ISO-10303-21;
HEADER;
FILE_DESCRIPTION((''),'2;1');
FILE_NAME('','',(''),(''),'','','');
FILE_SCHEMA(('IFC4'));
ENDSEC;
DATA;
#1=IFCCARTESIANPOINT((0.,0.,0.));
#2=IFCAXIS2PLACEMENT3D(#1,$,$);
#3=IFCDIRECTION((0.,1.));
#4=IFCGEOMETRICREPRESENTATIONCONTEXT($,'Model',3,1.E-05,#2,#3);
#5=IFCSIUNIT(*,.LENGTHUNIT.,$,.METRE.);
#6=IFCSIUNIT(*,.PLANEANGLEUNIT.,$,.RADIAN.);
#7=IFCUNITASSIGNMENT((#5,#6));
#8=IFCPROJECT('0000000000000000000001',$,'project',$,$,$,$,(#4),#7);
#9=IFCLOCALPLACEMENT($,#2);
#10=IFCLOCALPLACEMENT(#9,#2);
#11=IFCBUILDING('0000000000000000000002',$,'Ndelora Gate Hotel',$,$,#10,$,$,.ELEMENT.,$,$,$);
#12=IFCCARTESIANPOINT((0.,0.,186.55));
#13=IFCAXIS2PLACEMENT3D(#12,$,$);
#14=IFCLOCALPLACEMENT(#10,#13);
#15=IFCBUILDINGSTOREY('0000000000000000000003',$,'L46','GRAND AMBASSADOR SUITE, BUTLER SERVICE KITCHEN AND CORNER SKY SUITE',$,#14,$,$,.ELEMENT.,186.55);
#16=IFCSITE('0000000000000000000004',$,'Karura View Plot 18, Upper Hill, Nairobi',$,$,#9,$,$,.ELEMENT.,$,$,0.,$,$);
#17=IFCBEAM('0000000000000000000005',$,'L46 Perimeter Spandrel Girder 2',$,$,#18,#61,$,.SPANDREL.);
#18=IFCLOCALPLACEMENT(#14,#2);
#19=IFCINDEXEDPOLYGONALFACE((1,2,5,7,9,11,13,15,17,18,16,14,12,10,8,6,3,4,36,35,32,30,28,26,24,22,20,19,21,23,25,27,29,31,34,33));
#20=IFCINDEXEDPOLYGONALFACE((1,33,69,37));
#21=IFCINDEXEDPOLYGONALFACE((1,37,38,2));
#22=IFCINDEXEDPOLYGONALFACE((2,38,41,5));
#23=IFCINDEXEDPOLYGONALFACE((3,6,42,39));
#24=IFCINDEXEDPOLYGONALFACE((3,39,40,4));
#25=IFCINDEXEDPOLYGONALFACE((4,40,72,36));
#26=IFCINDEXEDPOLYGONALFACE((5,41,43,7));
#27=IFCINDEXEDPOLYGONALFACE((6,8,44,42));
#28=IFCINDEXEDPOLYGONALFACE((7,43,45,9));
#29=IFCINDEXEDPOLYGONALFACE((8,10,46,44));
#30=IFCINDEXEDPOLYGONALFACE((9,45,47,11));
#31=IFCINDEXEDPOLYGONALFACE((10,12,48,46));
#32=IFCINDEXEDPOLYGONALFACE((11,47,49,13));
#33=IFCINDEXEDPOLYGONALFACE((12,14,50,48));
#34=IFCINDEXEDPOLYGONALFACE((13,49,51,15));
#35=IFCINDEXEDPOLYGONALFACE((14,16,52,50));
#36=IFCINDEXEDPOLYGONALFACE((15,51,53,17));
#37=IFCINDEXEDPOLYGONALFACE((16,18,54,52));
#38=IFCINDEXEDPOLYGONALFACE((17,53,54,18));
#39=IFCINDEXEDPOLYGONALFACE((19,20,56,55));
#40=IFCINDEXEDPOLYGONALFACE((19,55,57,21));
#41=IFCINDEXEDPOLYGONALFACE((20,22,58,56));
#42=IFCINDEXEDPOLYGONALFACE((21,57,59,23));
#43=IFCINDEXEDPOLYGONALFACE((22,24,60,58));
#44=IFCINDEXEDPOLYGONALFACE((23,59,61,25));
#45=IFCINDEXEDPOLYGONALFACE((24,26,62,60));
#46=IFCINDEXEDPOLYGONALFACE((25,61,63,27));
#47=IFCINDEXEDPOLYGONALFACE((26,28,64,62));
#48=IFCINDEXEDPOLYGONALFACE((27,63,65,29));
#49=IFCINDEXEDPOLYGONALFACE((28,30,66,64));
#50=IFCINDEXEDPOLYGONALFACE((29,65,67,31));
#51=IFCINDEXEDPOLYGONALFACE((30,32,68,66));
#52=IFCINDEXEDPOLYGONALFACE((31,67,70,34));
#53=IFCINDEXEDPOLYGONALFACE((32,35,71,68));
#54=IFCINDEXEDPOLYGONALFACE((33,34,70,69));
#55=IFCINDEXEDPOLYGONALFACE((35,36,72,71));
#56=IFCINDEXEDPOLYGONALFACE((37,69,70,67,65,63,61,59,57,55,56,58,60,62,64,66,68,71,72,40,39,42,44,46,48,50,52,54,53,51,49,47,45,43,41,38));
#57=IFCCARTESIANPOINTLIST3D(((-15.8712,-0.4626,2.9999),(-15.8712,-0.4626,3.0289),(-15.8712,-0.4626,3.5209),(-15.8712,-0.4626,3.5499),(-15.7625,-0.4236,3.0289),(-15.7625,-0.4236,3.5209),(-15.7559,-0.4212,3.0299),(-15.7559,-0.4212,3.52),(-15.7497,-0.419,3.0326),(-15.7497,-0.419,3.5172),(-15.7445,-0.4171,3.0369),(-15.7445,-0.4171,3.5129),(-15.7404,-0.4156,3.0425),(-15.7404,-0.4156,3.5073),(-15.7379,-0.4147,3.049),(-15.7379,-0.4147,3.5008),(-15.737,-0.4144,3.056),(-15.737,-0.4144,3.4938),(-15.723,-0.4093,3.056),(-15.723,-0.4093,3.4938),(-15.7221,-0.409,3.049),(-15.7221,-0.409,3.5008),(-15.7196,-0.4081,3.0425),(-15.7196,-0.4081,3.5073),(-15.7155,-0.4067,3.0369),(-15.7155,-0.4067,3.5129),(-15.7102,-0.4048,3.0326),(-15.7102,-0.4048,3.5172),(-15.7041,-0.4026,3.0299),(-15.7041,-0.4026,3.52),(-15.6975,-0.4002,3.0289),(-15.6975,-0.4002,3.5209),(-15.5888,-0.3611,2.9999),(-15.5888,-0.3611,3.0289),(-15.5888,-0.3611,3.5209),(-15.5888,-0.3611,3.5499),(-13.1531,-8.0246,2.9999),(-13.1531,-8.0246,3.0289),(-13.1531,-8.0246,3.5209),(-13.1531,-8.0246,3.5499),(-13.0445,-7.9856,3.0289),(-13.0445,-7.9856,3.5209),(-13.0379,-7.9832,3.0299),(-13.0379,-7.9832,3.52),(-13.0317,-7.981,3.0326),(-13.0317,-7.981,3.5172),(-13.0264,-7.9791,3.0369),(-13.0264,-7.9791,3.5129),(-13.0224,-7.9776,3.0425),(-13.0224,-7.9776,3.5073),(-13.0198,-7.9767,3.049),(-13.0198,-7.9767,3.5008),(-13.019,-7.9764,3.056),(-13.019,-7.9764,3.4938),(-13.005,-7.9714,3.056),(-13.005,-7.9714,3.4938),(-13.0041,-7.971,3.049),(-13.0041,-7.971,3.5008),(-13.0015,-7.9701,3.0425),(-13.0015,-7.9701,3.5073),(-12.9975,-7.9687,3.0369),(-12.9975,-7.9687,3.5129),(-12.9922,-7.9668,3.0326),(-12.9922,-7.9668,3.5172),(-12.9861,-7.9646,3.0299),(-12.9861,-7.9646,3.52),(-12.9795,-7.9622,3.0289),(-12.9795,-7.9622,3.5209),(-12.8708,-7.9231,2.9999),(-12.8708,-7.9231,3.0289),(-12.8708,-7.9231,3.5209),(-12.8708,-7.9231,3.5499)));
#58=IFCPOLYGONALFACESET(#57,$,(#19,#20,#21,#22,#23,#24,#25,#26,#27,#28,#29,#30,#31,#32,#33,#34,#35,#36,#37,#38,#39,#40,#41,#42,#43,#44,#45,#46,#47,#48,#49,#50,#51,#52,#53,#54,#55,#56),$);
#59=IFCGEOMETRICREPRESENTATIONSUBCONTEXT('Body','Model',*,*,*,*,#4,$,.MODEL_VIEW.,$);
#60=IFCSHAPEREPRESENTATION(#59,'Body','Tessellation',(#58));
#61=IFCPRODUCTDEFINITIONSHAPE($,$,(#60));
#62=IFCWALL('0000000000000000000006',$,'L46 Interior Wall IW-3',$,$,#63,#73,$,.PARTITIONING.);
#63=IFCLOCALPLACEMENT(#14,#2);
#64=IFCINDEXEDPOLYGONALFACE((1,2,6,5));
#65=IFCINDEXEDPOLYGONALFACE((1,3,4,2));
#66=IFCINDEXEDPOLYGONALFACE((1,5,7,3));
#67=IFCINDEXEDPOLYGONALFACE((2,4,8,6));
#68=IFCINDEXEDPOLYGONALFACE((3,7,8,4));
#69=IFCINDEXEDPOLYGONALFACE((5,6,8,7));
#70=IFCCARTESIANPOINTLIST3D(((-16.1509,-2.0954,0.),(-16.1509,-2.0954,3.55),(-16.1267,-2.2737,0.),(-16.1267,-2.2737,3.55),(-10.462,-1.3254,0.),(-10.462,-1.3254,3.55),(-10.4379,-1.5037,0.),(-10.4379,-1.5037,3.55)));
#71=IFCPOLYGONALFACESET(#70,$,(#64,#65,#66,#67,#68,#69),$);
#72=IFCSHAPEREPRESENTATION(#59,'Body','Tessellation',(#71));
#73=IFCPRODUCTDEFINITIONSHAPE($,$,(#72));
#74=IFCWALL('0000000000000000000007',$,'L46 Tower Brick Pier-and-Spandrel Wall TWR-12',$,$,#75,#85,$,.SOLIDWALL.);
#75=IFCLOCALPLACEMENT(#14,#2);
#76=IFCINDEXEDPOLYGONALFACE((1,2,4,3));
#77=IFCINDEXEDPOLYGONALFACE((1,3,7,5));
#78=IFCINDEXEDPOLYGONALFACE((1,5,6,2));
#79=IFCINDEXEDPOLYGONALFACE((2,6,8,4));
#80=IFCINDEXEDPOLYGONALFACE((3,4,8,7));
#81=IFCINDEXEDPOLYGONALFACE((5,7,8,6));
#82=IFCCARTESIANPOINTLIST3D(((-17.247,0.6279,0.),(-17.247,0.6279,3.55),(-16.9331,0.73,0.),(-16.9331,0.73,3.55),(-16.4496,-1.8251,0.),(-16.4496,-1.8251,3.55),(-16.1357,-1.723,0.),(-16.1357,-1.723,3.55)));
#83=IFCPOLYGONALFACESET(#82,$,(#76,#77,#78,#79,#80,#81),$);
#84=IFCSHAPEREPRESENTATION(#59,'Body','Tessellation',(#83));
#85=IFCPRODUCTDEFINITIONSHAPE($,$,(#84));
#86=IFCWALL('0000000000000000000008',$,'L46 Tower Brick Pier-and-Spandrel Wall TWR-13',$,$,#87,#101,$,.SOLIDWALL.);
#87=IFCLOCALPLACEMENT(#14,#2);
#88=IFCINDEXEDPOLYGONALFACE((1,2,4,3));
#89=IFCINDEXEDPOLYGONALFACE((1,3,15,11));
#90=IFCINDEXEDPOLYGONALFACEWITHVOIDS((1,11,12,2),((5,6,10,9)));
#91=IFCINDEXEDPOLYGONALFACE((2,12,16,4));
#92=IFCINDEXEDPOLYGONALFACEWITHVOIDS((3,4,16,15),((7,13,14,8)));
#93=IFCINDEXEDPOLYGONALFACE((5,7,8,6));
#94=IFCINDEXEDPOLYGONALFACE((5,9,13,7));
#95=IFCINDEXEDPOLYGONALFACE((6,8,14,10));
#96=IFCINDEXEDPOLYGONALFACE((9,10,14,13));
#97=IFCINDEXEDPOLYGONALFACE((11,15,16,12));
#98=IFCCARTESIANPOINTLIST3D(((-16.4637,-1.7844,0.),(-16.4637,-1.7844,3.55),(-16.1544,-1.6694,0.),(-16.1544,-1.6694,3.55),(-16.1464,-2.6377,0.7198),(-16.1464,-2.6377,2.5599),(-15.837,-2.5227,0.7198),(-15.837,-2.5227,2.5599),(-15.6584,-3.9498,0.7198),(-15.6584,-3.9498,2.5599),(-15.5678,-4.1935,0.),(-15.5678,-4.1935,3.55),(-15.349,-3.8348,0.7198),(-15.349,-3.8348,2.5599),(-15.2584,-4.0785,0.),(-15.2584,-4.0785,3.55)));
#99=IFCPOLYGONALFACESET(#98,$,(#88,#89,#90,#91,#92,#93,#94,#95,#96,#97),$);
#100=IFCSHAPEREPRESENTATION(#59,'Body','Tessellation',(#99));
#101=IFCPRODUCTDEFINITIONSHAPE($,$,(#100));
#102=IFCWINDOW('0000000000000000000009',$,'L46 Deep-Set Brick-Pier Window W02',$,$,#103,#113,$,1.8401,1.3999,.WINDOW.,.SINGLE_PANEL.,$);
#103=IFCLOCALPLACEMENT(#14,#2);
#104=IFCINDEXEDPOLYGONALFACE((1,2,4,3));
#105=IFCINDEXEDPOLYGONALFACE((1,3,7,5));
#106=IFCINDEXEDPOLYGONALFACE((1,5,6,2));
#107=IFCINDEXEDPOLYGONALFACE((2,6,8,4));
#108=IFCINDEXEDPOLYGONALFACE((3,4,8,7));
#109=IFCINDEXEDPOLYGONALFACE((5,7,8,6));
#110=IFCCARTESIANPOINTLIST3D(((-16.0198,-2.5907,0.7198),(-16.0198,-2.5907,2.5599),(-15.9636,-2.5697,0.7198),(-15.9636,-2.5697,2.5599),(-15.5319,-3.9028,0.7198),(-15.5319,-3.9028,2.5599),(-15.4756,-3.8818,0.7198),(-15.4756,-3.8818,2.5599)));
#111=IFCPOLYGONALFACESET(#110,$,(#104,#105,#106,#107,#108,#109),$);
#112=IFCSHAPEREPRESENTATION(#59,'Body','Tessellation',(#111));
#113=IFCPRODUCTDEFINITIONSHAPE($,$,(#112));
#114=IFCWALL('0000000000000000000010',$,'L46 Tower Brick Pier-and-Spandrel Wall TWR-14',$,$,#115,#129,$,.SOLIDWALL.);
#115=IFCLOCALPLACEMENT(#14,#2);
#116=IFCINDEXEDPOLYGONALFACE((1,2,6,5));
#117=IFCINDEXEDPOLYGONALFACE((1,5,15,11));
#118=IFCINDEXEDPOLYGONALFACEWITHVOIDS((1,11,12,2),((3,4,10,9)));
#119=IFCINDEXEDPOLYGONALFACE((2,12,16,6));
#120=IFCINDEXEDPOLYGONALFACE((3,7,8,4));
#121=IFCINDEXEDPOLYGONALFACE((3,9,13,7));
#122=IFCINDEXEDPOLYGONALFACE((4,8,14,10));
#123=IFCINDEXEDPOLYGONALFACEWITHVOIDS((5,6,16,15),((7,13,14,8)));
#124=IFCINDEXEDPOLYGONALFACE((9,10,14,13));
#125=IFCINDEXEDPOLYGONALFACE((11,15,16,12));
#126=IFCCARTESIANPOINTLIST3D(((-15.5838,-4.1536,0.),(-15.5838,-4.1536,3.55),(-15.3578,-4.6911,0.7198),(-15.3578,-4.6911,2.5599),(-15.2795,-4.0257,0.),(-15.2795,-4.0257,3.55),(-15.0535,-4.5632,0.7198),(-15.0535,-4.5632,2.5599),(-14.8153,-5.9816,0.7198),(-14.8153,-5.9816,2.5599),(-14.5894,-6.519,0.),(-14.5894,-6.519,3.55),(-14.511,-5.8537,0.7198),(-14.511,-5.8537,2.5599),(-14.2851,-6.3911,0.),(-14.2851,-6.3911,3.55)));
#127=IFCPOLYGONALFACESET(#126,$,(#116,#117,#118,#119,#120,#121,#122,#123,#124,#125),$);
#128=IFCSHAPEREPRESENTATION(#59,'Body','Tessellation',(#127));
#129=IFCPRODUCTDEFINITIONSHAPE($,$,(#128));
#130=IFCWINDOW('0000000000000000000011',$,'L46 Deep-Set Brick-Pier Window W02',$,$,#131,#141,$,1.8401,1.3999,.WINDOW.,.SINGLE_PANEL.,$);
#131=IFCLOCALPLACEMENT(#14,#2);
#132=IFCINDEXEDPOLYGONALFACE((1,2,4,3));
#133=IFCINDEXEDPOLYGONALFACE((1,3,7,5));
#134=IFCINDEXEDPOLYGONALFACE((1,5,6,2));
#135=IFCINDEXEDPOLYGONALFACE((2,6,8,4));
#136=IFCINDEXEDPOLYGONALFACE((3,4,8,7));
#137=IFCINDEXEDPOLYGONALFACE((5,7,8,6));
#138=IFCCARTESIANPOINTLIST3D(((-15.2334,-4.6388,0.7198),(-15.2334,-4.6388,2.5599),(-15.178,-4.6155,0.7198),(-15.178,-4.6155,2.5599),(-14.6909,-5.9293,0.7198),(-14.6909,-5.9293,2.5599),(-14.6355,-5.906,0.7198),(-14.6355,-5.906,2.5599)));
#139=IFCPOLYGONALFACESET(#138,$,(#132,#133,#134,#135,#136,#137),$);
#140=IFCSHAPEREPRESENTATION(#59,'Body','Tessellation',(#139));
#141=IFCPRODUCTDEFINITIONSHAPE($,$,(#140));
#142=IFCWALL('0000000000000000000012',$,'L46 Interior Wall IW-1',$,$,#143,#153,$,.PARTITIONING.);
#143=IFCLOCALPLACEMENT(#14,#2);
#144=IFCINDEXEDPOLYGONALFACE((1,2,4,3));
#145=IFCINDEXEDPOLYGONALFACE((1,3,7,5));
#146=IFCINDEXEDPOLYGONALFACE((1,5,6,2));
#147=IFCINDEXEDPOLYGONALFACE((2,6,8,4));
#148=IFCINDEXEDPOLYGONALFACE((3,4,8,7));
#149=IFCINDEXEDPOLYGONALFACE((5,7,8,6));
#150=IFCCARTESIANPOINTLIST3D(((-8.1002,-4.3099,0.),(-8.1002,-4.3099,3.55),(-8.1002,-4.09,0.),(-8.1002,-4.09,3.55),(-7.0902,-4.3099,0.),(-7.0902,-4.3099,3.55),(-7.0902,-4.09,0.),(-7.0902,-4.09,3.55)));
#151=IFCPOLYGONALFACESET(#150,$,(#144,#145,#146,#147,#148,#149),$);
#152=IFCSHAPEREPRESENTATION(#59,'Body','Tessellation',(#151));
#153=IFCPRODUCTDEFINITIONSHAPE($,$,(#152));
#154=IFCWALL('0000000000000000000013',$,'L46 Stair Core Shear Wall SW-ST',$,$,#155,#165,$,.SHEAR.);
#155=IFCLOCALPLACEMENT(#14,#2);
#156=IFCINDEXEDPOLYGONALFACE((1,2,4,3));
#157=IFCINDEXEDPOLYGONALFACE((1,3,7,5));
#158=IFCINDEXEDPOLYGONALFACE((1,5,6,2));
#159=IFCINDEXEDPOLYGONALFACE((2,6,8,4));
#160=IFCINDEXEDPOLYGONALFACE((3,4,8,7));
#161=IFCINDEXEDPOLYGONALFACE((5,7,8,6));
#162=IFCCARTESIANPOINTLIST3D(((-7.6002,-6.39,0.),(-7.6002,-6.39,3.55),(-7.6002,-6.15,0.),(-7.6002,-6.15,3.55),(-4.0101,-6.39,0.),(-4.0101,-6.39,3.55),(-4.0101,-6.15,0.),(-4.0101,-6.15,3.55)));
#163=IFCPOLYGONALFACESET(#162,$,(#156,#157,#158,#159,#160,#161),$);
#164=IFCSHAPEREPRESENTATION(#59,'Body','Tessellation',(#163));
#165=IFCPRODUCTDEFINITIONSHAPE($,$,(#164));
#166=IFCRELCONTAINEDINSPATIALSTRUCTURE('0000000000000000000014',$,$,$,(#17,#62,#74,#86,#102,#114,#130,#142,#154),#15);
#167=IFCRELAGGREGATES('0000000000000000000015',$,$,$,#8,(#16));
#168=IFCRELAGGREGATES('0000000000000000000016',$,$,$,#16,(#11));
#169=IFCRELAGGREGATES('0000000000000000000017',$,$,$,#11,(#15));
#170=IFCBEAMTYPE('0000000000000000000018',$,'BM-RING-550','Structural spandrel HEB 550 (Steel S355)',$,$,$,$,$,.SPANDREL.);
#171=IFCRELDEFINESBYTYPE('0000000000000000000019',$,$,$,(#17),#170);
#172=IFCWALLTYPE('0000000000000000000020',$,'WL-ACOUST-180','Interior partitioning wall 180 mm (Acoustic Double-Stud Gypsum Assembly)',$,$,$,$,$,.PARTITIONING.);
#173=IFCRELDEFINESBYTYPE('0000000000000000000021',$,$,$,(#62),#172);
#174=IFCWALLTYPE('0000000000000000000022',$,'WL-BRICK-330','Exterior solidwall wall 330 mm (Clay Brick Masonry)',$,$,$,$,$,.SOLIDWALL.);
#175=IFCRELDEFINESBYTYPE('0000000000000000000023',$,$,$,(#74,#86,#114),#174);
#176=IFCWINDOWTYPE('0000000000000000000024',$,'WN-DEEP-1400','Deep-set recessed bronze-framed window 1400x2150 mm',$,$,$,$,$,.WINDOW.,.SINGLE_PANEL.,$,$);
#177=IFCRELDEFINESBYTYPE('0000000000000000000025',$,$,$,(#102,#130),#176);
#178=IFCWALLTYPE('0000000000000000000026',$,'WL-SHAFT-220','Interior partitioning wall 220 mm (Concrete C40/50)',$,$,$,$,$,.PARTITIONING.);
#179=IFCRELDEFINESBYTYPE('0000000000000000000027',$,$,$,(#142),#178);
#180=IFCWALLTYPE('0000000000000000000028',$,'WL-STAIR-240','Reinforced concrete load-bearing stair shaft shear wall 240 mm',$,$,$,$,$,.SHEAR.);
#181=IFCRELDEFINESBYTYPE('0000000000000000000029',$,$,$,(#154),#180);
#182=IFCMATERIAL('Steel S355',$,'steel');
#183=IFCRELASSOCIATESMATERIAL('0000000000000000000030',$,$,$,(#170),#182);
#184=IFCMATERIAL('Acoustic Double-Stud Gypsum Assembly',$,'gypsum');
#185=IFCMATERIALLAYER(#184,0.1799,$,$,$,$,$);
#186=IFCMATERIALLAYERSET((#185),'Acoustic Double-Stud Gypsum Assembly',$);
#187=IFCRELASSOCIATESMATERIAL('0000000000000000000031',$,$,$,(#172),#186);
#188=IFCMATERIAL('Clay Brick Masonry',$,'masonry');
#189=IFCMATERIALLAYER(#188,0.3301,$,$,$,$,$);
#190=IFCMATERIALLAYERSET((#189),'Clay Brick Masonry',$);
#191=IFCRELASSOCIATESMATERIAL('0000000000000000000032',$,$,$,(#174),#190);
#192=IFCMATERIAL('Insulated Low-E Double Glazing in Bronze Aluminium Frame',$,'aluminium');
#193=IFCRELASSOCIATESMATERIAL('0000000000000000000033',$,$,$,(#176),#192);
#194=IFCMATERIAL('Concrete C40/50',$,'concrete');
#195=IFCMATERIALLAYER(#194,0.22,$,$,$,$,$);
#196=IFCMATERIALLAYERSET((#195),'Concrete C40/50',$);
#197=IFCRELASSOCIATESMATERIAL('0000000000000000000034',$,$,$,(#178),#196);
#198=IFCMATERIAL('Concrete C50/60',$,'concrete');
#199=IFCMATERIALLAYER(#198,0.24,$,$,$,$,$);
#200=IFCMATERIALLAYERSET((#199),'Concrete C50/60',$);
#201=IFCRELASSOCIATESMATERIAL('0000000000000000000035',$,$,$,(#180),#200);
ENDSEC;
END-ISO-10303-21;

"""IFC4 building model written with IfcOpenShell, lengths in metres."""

from ifc_helpers import new_model, si_unit, direction, frame, frame_2d, origin, origin_2d, place, context, subcontext, project, spatial, rectangle, i_section, extrude, material, layer, layer_set, material_profile, profile_set, type_object, element, fill, save


model = new_model("IFC4")

# Units and contexts
model_context = context("Model", 3, precision=1e-05, world=origin(), true_north=direction((0.0, 1.0)))
body_context = subcontext(model_context, "Body", "Model", "MODEL_VIEW")
ifc_project = project(units=[si_unit("LENGTHUNIT", "METRE"), si_unit("PLANEANGLEUNIT", "RADIAN")], contexts=[model_context])

# Site, building, storey
site_placement = place(None, origin())
site = spatial("IfcSite", under=ifc_project, at=site_placement, Name="Karura View Plot 18, Upper Hill, Nairobi", CompositionType="ELEMENT", RefElevation=0.0)
building_placement = place(site_placement, origin())
building = spatial("IfcBuilding", under=site, at=building_placement, Name="Ndelora Gate Hotel", CompositionType="ELEMENT")
storey_placement = place(building_placement, frame((0.0, 0.0, 186.55)))
storey = spatial("IfcBuildingStorey", under=building, at=storey_placement, Name="L46", Description="GRAND AMBASSADOR SUITE, BUTLER SERVICE KITCHEN AND CORNER SKY SUITE", CompositionType="ELEMENT", Elevation=186.55)

# Shared definitions
ifc_material_1 = material(Name="Concrete C50/60", Category="concrete")

# Beam
ifc_material_2 = material(Name="Steel S355", Category="steel")
ifc_material_profile_1 = material_profile(ifc_material_2, i_section(OverallWidth=0.3, OverallDepth=0.55, WebThickness=0.0149, FlangeThickness=0.0291, FilletRadius=0.0271, at=origin_2d()), Name="HEB 550")
ifc_profile_set_1 = profile_set([ifc_material_profile_1], Name="Steel S355")
beam_type_1 = type_object("IfcBeamType", Name="BM-RING-550", Description="Structural spandrel HEB 550 (Steel S355)", PredefinedType="SPANDREL", material=ifc_profile_set_1)
beam_1_placement = place(storey_placement, frame((-15.73, -0.4119, 3.2749), z_axis=(0.338245, -0.941058, 0.0), x_axis=(0.941058, 0.338245, 0.0)))
element("IfcBeam", 1, at=beam_1_placement, inside=storey, type_object=beam_type_1, Name="L46 Perimeter Spandrel Girder 2", PredefinedType="SPANDREL", context=body_context, shape_type="SweptSolid", body=[
    extrude(i_section(OverallWidth=0.3, OverallDepth=0.55, WebThickness=0.0149, FlangeThickness=0.0291, FilletRadius=0.0271, at=origin_2d()), origin(), (0.0, 0.0, 1.0), 8.0356),
])

# Walls
ifc_material_3 = material(Name="Acoustic Double-Stud Gypsum Assembly", Category="gypsum")
ifc_layer_1 = layer(ifc_material_3, 0.1799)
ifc_layer_set_1 = layer_set([ifc_layer_1], Name="Acoustic Double-Stud Gypsum Assembly")
wall_type_1 = type_object("IfcWallType", Name="WL-ACOUST-180", Description="Interior partitioning wall 180 mm (Acoustic Double-Stud Gypsum Assembly)", PredefinedType="PARTITIONING", material=ifc_layer_set_1)
wall_1_placement = place(storey_placement, frame((-10.45, -1.4146, 0.0), z_axis=(0.0, 0.0, 1.0), x_axis=(-0.990964, -0.13413, 0.0)))
element("IfcWall", 2, at=wall_1_placement, inside=storey, type_object=wall_type_1, Name="L46 Interior Wall IW-3", PredefinedType="PARTITIONING", context=body_context, shape_type="SweptSolid", body=[
    extrude(rectangle(XDim=5.7407, YDim=0.1799, at=frame_2d((2.8704, 0.0))), origin(), (0.0, 0.0, 1.0), 3.55),
])
ifc_material_4 = material(Name="Clay Brick Masonry", Category="masonry")
ifc_layer_2 = layer(ifc_material_4, 0.3301)
ifc_layer_set_2 = layer_set([ifc_layer_2], Name="Clay Brick Masonry")
wall_type_2 = type_object("IfcWallType", Name="WL-BRICK-330", Description="Exterior solidwall wall 330 mm (Clay Brick Masonry)", PredefinedType="SOLIDWALL", material=ifc_layer_set_2)
wall_2_placement = place(storey_placement, frame((-16.2927, -1.7739, 0.0), z_axis=(0.0, 0.0, 1.0), x_axis=(-0.309148, 0.951014, 0.0)))
element("IfcWall", 3, at=wall_2_placement, inside=storey, type_object=wall_type_2, Name="L46 Tower Brick Pier-and-Spandrel Wall TWR-12", PredefinedType="SOLIDWALL", context=body_context, shape_type="SweptSolid", body=[
    extrude(rectangle(XDim=2.5793, YDim=0.3301, at=frame_2d((1.2896, 0.0))), origin(), (0.0, 0.0, 1.0), 3.55),
])

# Walls, openings, windows
wall_3_placement = place(storey_placement, frame((-15.4131, -4.136, 0.0), z_axis=(0.0, 0.0, 1.0), x_axis=(-0.348582, 0.937278, 0.0)))
wall_3 = element("IfcWall", 4, at=wall_3_placement, inside=storey, type_object=wall_type_2, Name="L46 Tower Brick Pier-and-Spandrel Wall TWR-13", PredefinedType="SOLIDWALL", context=body_context, shape_type="SweptSolid", body=[
    extrude(rectangle(XDim=2.5703, YDim=0.3301, at=frame_2d((1.2852, 0.0))), origin(), (0.0, 0.0, 1.0), 3.55),
])
opening_1_placement = place(wall_3_placement, frame((0.26, 0.0, 0.72)))
opening_1 = element("IfcOpeningElement", 5, at=opening_1_placement, cuts=wall_3, PredefinedType="OPENING", context=body_context, shape_type="SweptSolid", body=[
    extrude(rectangle(XDim=1.3999, YDim=1.8401, at=frame_2d((0.7, 0.9199))), frame((0.0, 0.175, 0.0), z_axis=(0.0, -1.0, 0.0), x_axis=(1.0, 0.0, 0.0)), (0.0, 0.0, 1.0), 0.3501),
])
ifc_material_5 = material(Name="Insulated Low-E Double Glazing in Bronze Aluminium Frame", Category="aluminium")
window_type = type_object("IfcWindowType", Name="WN-DEEP-1400", Description="Deep-set recessed bronze-framed window 1400x2150 mm", PartitioningType="SINGLE_PANEL", PredefinedType="WINDOW", material=ifc_material_5)
window_1_placement = place(opening_1_placement, origin())
window_1 = element("IfcWindow", 6, at=window_1_placement, inside=storey, type_object=window_type, Name="L46 Deep-Set Brick-Pier Window W02", OverallHeight=1.8401, OverallWidth=1.3999, PartitioningType="SINGLE_PANEL", PredefinedType="WINDOW", context=body_context, shape_type="SweptSolid", body=[
    extrude(rectangle(XDim=1.3999, YDim=1.8401, at=frame_2d((0.7, 0.9199))), frame((0.0, 0.03, 0.0), z_axis=(0.0, -1.0, 0.0), x_axis=(1.0, 0.0, 0.0)), (0.0, 0.0, 1.0), 0.0601),
])
fill(opening_1, window_1)
wall_4_placement = place(storey_placement, frame((-14.4373, -6.4551, 0.0), z_axis=(0.0, 0.0, 1.0), x_axis=(-0.387525, 0.921859, 0.0)))
wall_4 = element("IfcWall", 7, at=wall_4_placement, inside=storey, type_object=wall_type_2, Name="L46 Tower Brick Pier-and-Spandrel Wall TWR-14", PredefinedType="SOLIDWALL", context=body_context, shape_type="SweptSolid", body=[
    extrude(rectangle(XDim=2.5659, YDim=0.3301, at=frame_2d((1.283, 0.0))), origin(), (0.0, 0.0, 1.0), 3.55),
])
opening_2_placement = place(wall_4_placement, frame((0.583, 0.0, 0.72)))
opening_2 = element("IfcOpeningElement", 8, at=opening_2_placement, cuts=wall_4, PredefinedType="OPENING", context=body_context, shape_type="SweptSolid", body=[
    extrude(rectangle(XDim=1.3999, YDim=1.8401, at=frame_2d((0.7, 0.9199))), frame((0.0, 0.175, 0.0), z_axis=(0.0, -1.0, 0.0), x_axis=(1.0, 0.0, 0.0)), (0.0, 0.0, 1.0), 0.3501),
])
window_2_placement = place(opening_2_placement, origin())
window_2 = element("IfcWindow", 9, at=window_2_placement, inside=storey, type_object=window_type, Name="L46 Deep-Set Brick-Pier Window W02", OverallHeight=1.8401, OverallWidth=1.3999, PartitioningType="SINGLE_PANEL", PredefinedType="WINDOW", context=body_context, shape_type="SweptSolid", body=[
    extrude(rectangle(XDim=1.3999, YDim=1.8401, at=frame_2d((0.7, 0.9199))), frame((0.0, 0.03, 0.0), z_axis=(0.0, -1.0, 0.0), x_axis=(1.0, 0.0, 0.0)), (0.0, 0.0, 1.0), 0.0601),
])
fill(opening_2, window_2)

# Walls
ifc_material_6 = material(Name="Concrete C40/50", Category="concrete")
ifc_layer_3 = layer(ifc_material_6, 0.22)
ifc_layer_set_3 = layer_set([ifc_layer_3], Name="Concrete C40/50")
wall_type_3 = type_object("IfcWallType", Name="WL-SHAFT-220", Description="Interior partitioning wall 220 mm (Concrete C40/50)", PredefinedType="PARTITIONING", material=ifc_layer_set_3)
wall_5_placement = place(storey_placement, frame((-8.1001, -4.2, 0.0), z_axis=(0.0, 0.0, 1.0), x_axis=(1.0, 0.0, 0.0)))
element("IfcWall", 10, at=wall_5_placement, inside=storey, type_object=wall_type_3, Name="L46 Interior Wall IW-1", PredefinedType="PARTITIONING", context=body_context, shape_type="SweptSolid", body=[
    extrude(rectangle(XDim=1.01, YDim=0.22, at=frame_2d((0.5049, 0.0))), origin(), (0.0, 0.0, 1.0), 3.55),
])
ifc_layer_4 = layer(ifc_material_1, 0.24)
ifc_layer_set_4 = layer_set([ifc_layer_4], Name="Concrete C50/60")
wall_type_4 = type_object("IfcWallType", Name="WL-STAIR-240", Description="Reinforced concrete load-bearing stair shaft shear wall 240 mm", PredefinedType="SHEAR", material=ifc_layer_set_4)
wall_6_placement = place(storey_placement, frame((-7.6001, -6.27, 0.0), z_axis=(0.0, 0.0, 1.0), x_axis=(1.0, 0.0, 0.0)))
element("IfcWall", 11, at=wall_6_placement, inside=storey, type_object=wall_type_4, Name="L46 Stair Core Shear Wall SW-ST", PredefinedType="SHEAR", context=body_context, shape_type="SweptSolid", body=[
    extrude(rectangle(XDim=3.5901, YDim=0.24, at=frame_2d((1.7949, 0.0))), origin(), (0.0, 0.0, 1.0), 3.55),
])

save(model, "model.ifc")
